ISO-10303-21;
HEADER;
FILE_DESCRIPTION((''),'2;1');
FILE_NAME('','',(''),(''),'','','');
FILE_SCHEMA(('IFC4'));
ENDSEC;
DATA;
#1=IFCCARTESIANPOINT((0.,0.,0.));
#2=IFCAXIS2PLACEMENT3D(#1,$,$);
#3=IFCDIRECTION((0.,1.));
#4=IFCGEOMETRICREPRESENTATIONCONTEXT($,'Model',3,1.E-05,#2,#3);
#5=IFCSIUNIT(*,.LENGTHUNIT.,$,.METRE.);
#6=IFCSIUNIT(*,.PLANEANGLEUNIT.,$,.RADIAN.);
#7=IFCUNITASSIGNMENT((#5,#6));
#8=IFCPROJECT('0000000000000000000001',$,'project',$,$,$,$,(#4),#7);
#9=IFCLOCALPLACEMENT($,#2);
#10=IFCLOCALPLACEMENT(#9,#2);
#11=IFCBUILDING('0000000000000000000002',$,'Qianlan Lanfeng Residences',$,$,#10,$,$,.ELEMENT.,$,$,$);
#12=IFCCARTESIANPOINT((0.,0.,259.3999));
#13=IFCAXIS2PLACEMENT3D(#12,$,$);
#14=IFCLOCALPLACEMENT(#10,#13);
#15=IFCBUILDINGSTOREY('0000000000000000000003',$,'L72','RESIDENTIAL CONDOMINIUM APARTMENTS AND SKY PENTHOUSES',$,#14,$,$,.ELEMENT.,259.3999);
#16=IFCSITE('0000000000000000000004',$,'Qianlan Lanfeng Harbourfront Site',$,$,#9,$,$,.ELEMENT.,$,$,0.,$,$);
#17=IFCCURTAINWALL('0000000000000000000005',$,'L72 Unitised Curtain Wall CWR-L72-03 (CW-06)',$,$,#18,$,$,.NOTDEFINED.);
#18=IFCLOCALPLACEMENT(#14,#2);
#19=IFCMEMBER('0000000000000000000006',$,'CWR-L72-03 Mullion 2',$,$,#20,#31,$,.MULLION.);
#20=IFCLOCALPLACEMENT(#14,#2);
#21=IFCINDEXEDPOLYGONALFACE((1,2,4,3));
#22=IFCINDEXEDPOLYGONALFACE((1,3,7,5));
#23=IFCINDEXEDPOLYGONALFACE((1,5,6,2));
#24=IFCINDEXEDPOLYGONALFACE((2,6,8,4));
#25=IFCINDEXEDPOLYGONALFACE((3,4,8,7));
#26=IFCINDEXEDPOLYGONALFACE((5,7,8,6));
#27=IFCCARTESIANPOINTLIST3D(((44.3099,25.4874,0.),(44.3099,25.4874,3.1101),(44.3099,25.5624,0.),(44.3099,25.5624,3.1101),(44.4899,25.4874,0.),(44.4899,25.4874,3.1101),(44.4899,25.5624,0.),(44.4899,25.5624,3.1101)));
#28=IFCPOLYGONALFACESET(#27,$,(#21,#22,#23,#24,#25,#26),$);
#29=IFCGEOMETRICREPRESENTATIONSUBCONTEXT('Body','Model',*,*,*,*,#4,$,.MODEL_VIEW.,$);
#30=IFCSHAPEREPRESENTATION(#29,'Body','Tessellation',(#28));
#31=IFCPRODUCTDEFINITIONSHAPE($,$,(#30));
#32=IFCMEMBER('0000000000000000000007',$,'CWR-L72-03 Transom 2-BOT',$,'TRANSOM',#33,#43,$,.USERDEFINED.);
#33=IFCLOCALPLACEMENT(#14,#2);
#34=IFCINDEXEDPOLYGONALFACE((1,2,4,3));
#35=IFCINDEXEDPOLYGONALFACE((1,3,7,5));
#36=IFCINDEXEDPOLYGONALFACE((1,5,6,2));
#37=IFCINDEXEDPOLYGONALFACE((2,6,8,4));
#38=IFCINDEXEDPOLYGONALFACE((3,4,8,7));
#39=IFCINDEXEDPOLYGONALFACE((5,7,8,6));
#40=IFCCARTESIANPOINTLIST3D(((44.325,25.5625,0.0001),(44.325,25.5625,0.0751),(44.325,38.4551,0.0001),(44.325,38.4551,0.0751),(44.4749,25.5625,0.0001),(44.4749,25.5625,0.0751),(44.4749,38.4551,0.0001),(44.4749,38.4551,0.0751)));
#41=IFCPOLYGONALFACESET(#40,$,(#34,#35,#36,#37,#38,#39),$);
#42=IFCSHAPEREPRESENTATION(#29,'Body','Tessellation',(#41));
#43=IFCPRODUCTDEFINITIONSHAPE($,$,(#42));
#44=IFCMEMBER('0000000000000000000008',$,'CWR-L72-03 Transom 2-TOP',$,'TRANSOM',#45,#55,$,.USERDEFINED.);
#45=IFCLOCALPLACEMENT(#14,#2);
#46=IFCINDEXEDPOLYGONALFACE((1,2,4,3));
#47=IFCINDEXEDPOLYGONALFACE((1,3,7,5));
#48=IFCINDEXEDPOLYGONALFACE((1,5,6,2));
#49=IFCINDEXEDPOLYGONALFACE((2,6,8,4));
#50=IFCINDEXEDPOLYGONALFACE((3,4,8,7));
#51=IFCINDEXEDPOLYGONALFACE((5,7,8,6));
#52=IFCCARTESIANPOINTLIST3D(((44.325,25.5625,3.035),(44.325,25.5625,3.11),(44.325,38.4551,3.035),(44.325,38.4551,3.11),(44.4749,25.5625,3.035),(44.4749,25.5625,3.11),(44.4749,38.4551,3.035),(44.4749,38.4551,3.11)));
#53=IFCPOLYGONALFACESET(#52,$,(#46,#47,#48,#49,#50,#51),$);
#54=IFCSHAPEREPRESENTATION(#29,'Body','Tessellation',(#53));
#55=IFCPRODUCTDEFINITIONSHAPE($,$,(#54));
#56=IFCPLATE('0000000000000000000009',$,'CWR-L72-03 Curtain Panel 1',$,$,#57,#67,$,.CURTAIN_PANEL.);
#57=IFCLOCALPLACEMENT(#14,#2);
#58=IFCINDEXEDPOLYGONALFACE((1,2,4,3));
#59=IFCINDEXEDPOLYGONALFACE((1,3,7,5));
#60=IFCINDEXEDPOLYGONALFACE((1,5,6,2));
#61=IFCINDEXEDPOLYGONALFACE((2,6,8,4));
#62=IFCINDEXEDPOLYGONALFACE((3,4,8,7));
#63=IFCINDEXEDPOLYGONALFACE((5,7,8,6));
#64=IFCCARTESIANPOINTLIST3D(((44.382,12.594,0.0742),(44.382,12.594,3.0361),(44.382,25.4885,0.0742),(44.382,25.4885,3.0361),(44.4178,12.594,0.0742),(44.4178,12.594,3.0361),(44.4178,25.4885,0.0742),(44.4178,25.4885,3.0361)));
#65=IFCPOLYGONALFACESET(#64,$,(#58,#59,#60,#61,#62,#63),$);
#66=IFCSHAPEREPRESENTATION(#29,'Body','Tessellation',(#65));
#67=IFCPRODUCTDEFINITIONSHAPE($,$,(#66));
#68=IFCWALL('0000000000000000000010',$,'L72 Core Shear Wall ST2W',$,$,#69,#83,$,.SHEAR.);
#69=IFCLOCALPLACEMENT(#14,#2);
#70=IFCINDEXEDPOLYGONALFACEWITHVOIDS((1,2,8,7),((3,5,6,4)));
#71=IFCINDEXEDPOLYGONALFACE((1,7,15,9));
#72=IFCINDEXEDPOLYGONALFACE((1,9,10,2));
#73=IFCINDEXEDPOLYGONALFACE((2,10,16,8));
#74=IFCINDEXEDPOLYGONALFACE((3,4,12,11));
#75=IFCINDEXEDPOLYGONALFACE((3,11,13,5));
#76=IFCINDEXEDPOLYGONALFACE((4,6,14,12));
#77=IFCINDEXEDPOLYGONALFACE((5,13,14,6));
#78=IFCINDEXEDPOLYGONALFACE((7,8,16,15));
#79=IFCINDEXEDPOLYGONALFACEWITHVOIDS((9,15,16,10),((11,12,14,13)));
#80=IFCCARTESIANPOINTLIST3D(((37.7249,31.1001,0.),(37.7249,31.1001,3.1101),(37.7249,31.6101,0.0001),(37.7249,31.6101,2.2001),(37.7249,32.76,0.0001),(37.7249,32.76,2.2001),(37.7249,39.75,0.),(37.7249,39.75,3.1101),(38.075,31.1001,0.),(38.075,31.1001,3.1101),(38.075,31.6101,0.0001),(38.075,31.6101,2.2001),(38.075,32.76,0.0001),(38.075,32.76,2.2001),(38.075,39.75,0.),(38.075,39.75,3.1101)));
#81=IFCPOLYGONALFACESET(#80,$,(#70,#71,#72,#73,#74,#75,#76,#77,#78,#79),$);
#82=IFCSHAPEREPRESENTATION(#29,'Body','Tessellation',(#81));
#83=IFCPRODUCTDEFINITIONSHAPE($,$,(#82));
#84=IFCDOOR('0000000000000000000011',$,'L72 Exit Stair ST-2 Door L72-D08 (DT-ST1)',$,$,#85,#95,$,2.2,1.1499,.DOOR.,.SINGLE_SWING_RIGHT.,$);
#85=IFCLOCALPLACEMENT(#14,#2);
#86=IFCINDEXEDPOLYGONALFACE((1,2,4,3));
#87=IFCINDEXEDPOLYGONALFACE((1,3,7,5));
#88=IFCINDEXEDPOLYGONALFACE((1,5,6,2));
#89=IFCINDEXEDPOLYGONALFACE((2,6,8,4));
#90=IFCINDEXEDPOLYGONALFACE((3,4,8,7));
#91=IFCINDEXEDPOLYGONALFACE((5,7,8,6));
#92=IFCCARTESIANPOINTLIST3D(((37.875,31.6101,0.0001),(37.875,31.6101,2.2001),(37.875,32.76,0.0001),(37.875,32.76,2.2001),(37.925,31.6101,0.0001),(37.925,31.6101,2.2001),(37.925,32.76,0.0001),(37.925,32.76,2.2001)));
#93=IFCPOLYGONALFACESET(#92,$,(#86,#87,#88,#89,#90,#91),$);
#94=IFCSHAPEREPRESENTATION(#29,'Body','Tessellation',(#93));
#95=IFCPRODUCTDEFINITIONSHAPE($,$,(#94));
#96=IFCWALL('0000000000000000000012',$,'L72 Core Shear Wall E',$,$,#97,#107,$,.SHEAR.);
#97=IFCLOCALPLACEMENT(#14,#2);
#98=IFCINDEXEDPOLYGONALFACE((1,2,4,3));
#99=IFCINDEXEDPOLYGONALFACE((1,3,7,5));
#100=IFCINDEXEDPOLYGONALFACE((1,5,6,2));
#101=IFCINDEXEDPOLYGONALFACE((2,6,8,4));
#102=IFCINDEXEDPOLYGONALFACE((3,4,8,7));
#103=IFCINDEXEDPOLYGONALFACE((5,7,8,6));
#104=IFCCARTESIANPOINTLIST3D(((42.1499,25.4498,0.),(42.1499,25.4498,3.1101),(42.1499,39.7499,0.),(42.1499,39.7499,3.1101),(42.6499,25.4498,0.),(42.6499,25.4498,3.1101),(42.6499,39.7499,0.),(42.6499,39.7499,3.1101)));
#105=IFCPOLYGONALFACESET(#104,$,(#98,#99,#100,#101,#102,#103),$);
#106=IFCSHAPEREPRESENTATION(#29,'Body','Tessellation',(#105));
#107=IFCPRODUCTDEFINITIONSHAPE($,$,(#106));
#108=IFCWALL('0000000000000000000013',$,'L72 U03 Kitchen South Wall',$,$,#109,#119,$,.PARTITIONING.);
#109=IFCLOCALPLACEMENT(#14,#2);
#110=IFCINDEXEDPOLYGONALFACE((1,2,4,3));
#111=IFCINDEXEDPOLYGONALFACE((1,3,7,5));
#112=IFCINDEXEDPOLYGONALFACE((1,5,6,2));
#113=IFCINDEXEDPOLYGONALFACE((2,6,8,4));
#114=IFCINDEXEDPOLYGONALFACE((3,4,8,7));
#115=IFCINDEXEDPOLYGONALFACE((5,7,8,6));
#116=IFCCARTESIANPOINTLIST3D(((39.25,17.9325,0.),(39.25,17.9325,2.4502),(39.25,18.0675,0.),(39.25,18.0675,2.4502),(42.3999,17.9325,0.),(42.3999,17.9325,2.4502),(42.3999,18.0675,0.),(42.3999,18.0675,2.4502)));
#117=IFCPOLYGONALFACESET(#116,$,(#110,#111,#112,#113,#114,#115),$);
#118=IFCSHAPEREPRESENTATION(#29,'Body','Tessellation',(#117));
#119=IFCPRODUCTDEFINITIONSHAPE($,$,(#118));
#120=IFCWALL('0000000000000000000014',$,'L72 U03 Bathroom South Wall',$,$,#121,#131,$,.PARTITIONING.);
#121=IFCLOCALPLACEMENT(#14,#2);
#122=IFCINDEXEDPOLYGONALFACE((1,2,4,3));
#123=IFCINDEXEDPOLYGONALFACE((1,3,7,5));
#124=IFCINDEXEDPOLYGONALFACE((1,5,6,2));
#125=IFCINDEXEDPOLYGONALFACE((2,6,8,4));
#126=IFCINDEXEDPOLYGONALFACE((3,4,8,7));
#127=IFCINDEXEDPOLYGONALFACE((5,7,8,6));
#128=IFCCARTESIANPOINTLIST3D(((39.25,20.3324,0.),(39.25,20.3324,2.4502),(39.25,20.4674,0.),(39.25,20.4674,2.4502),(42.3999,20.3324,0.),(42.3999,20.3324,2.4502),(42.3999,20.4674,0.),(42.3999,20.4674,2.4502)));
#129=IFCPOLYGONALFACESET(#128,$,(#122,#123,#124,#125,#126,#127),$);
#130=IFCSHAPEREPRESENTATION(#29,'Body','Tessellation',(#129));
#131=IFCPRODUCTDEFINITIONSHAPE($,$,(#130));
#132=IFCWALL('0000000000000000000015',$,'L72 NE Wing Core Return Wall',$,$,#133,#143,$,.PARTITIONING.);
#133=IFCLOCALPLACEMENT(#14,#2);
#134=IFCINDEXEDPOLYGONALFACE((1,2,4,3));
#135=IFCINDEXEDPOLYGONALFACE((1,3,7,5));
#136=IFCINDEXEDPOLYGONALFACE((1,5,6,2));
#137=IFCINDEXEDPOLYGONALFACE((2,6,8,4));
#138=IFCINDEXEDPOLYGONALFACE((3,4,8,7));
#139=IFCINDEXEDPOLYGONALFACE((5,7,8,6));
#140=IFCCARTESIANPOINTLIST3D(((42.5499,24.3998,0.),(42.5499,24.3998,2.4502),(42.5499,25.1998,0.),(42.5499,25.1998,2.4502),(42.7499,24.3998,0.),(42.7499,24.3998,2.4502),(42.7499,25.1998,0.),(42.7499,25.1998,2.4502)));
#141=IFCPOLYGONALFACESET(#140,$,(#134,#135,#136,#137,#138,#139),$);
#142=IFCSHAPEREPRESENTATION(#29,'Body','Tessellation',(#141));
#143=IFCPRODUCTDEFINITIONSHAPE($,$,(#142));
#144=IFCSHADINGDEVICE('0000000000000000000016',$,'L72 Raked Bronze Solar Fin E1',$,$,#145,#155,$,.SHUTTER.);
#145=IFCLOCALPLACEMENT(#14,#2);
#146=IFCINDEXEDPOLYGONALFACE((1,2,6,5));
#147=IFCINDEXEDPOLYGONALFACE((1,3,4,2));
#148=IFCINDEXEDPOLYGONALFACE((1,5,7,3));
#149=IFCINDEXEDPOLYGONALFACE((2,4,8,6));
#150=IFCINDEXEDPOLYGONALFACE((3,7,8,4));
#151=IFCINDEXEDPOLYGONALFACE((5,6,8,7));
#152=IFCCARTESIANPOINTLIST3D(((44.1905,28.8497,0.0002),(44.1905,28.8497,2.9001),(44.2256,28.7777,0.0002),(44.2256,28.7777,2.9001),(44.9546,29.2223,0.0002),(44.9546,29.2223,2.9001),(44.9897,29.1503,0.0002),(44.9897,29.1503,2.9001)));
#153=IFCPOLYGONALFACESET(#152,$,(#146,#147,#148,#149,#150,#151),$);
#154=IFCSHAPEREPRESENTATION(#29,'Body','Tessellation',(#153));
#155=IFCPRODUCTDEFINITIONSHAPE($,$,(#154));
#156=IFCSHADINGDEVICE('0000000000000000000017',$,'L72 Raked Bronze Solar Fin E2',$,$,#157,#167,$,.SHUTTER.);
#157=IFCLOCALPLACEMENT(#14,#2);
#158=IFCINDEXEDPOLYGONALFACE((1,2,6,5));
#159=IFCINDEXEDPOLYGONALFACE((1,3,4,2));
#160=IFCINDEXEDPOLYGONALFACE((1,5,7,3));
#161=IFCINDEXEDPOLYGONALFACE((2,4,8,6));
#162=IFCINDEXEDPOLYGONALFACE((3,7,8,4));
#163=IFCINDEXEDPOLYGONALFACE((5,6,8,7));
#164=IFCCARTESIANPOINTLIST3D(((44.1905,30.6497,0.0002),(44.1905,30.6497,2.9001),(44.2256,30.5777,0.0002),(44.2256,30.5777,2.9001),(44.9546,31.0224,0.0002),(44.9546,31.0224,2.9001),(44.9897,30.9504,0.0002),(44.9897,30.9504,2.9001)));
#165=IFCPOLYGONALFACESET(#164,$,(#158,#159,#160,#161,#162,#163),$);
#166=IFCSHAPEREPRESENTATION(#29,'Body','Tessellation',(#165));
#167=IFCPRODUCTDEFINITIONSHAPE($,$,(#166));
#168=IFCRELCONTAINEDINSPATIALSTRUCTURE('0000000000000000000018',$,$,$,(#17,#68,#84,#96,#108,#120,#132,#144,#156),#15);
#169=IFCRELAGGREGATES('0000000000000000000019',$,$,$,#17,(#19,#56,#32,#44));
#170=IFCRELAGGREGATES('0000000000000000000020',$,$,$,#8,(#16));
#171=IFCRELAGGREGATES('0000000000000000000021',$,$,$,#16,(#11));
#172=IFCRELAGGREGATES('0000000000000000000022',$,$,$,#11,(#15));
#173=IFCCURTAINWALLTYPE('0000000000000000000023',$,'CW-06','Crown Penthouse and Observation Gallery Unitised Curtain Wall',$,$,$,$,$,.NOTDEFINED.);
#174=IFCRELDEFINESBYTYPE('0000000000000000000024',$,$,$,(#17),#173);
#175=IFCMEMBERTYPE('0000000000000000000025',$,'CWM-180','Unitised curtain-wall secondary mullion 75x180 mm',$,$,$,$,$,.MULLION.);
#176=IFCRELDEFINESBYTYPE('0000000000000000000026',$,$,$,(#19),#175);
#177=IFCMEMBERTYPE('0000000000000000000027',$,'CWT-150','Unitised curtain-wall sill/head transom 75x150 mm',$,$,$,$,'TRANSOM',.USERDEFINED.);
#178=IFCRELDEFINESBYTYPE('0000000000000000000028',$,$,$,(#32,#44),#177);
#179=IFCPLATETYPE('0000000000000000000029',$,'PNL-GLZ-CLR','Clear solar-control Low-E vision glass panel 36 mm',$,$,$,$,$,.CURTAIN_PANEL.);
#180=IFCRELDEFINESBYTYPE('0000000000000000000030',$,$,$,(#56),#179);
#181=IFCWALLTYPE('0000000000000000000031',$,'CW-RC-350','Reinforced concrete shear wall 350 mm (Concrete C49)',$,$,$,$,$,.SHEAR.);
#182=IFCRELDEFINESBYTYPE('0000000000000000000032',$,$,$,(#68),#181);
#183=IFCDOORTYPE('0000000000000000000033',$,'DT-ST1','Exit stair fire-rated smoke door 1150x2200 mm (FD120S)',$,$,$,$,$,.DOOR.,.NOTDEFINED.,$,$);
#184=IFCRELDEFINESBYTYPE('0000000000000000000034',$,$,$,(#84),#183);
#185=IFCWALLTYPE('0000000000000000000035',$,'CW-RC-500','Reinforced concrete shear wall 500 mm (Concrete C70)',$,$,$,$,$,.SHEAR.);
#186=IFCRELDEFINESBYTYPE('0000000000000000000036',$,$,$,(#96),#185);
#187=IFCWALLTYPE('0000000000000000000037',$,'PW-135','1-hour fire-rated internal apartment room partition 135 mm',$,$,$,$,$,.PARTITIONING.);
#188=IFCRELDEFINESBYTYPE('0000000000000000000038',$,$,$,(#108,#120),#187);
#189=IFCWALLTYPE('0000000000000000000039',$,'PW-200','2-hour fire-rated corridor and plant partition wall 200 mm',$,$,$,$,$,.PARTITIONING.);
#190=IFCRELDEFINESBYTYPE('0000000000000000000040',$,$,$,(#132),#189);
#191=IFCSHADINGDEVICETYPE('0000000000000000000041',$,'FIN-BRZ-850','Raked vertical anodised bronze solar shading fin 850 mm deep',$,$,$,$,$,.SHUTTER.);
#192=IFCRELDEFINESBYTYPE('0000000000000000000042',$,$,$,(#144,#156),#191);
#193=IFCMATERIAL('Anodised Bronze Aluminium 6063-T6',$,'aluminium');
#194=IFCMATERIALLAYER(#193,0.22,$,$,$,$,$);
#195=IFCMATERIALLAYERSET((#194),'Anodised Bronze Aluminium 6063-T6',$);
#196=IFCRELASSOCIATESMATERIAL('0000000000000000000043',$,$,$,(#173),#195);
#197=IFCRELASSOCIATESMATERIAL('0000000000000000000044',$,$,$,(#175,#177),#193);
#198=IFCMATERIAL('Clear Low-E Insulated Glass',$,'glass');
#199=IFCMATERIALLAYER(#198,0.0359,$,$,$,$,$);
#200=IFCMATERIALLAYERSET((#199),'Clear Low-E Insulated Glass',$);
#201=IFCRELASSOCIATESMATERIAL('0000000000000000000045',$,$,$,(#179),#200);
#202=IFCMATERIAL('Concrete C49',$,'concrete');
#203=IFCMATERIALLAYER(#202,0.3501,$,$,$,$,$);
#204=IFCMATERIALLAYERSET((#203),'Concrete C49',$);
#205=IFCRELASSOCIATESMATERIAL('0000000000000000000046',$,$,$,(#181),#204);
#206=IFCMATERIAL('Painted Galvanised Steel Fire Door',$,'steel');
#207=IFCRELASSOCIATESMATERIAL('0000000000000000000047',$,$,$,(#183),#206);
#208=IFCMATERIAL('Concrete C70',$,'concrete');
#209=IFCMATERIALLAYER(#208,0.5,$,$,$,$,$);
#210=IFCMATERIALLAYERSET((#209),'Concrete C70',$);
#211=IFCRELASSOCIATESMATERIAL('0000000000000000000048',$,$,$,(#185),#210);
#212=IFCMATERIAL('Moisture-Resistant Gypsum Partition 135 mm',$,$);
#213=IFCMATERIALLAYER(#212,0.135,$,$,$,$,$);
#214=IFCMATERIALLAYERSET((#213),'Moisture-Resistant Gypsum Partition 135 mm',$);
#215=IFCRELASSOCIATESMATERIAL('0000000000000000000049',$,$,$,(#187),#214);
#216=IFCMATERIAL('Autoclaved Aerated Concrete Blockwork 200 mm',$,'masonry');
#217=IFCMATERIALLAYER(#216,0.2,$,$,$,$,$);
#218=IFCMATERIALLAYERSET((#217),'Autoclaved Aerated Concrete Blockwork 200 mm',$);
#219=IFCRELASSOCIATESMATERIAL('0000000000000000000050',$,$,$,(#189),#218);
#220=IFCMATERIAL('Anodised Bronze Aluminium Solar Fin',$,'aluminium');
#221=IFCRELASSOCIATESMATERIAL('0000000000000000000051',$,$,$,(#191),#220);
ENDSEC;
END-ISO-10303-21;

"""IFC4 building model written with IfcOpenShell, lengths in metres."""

from ifc_helpers import new_model, si_unit, direction, frame, frame_2d, origin, origin_2d, place, context, subcontext, project, spatial, rectangle, extrude, source, transform, mapped, material, layer, layer_set, material_profile, profile_set, type_object, element, fill, aggregate, save


model = new_model("IFC4")

# Units and contexts
model_context = context("Model", 3, precision=1e-05, world=origin(), true_north=direction((0.0, 1.0)))
body_context = subcontext(model_context, "Body", "Model", "MODEL_VIEW")
ifc_project = project(units=[si_unit("LENGTHUNIT", "METRE"), si_unit("PLANEANGLEUNIT", "RADIAN")], contexts=[model_context])

# Site, building, storey
site_placement = place(None, origin())
site = spatial("IfcSite", under=ifc_project, at=site_placement, Name="Qianlan Lanfeng Harbourfront Site", CompositionType="ELEMENT", RefElevation=0.0)
building_placement = place(site_placement, origin())
building = spatial("IfcBuilding", under=site, at=building_placement, Name="Qianlan Lanfeng Residences", CompositionType="ELEMENT")
storey_placement = place(building_placement, frame((0.0, 0.0, 259.3999)))
storey = spatial("IfcBuildingStorey", under=building, at=storey_placement, Name="L72", Description="RESIDENTIAL CONDOMINIUM APARTMENTS AND SKY PENTHOUSES", CompositionType="ELEMENT", Elevation=259.3999)

# Curtain wall, members, plate
ifc_material_1 = material(Name="Anodised Bronze Aluminium 6063-T6", Category="aluminium")
ifc_layer_1 = layer(ifc_material_1, 0.22)
ifc_layer_set_1 = layer_set([ifc_layer_1], Name="Anodised Bronze Aluminium 6063-T6")
curtain_wall_type = type_object("IfcCurtainWallType", Name="CW-06", Description="Crown Penthouse and Observation Gallery Unitised Curtain Wall", PredefinedType="NOTDEFINED", material=ifc_layer_set_1)
curtain_wall_placement = place(storey_placement, origin())
curtain_wall = element("IfcCurtainWall", 1, at=curtain_wall_placement, inside=storey, type_object=curtain_wall_type, Name="L72 Unitised Curtain Wall CWR-L72-03 (CW-06)", PredefinedType="NOTDEFINED")
ifc_material_profile_1 = material_profile(ifc_material_1, rectangle(XDim=0.075, YDim=0.1799, at=origin_2d()), Name="ALU MULLION 75x180")
ifc_profile_set_1 = profile_set([ifc_material_profile_1], Name="Anodised Bronze Aluminium 6063-T6")
member_type_1 = type_object("IfcMemberType", Name="CWM-180", Description="Unitised curtain-wall secondary mullion 75x180 mm", PredefinedType="MULLION", material=ifc_profile_set_1)
shared_shape_1 = source(origin(), body_context, "Body", "SweptSolid", [
    extrude(rectangle(XDim=0.075, YDim=0.1799, at=origin_2d()), origin(), (0.0, 0.0, 1.0), 3.1101),
])
member_1_placement = place(storey_placement, frame((44.3999, 25.5249, 0.0), z_axis=(0.0, 0.0, 1.0), x_axis=(0.0, 1.0, 0.0)))
member_1 = element("IfcMember", 2, at=member_1_placement, type_object=member_type_1, Name="CWR-L72-03 Mullion 2", PredefinedType="MULLION", context=body_context, shape_type="MappedRepresentation", body=[
    mapped(shared_shape_1, transform((0.0, 0.0, 0.0), scale=1.0)),
])
ifc_material_profile_2 = material_profile(ifc_material_1, rectangle(XDim=0.075, YDim=0.1499, at=origin_2d()), Name="ALU TRANSOM 75x150")
ifc_profile_set_2 = profile_set([ifc_material_profile_2], Name="Anodised Bronze Aluminium 6063-T6")
member_type_2 = type_object("IfcMemberType", Name="CWT-150", Description="Unitised curtain-wall sill/head transom 75x150 mm", ElementType="TRANSOM", PredefinedType="USERDEFINED", material=ifc_profile_set_2)
shared_shape_2 = source(origin(), body_context, "Body", "SweptSolid", [
    extrude(rectangle(XDim=0.075, YDim=0.1499, at=origin_2d()), origin(), (0.0, 0.0, 1.0), 12.8926),
])
member_2_placement = place(storey_placement, frame((44.3999, 25.5625, 0.0376), z_axis=(0.0, 1.0, 0.0), x_axis=(0.0, 0.0, 1.0)))
member_2 = element("IfcMember", 3, at=member_2_placement, type_object=member_type_2, Name="CWR-L72-03 Transom 2-BOT", ObjectType="TRANSOM", PredefinedType="USERDEFINED", context=body_context, shape_type="MappedRepresentation", body=[
    mapped(shared_shape_2, transform((0.0, 0.0, 0.0), scale=1.0)),
])
member_3_placement = place(storey_placement, frame((44.3999, 25.5625, 3.0725), z_axis=(0.0, 1.0, 0.0), x_axis=(0.0, 0.0, 1.0)))
member_3 = element("IfcMember", 4, at=member_3_placement, type_object=member_type_2, Name="CWR-L72-03 Transom 2-TOP", ObjectType="TRANSOM", PredefinedType="USERDEFINED", context=body_context, shape_type="MappedRepresentation", body=[
    mapped(shared_shape_2, transform((0.0, 0.0, 0.0), scale=1.0)),
])
ifc_material_2 = material(Name="Clear Low-E Insulated Glass", Category="glass")
ifc_layer_2 = layer(ifc_material_2, 0.0359)
ifc_layer_set_2 = layer_set([ifc_layer_2], Name="Clear Low-E Insulated Glass")
plate_type = type_object("IfcPlateType", Name="PNL-GLZ-CLR", Description="Clear solar-control Low-E vision glass panel 36 mm", PredefinedType="CURTAIN_PANEL", material=ifc_layer_set_2)
shared_shape_3 = source(origin(), body_context, "Body", "SweptSolid", [
    extrude(rectangle(XDim=12.8945, YDim=0.0359, at=origin_2d()), origin(), (0.0, 0.0, 1.0), 2.9619),
])
plate_placement = place(storey_placement, frame((44.3999, 19.0413, 0.0742), z_axis=(0.0, 0.0, 1.0), x_axis=(0.0, 1.0, 0.0)))
plate = element("IfcPlate", 5, at=plate_placement, type_object=plate_type, Name="CWR-L72-03 Curtain Panel 1", PredefinedType="CURTAIN_PANEL", context=body_context, shape_type="MappedRepresentation", body=[
    mapped(shared_shape_3, transform((0.0, 0.0, 0.0), scale=1.0)),
])
aggregate(curtain_wall, [member_1, plate, member_2, member_3])

# Wall, opening, door
ifc_material_3 = material(Name="Concrete C49", Category="concrete")
ifc_layer_3 = layer(ifc_material_3, 0.3501)
ifc_layer_set_3 = layer_set([ifc_layer_3], Name="Concrete C49")
wall_type_1 = type_object("IfcWallType", Name="CW-RC-350", Description="Reinforced concrete shear wall 350 mm (Concrete C49)", PredefinedType="SHEAR", material=ifc_layer_set_3)
wall_1_placement = place(storey_placement, frame((37.8999, 31.1001, 0.0), z_axis=(0.0, 0.0, 1.0), x_axis=(0.0, 1.0, 0.0)))
wall_1 = element("IfcWall", 6, at=wall_1_placement, inside=storey, type_object=wall_type_1, Name="L72 Core Shear Wall ST2W", PredefinedType="SHEAR", context=body_context, shape_type="SweptSolid", body=[
    extrude(rectangle(XDim=8.6499, YDim=0.3501, at=frame_2d((4.325, 0.0))), origin(), (0.0, 0.0, 1.0), 3.1101),
])
opening_1_placement = place(wall_1_placement, frame((0.51, 0.0, 0.0)))
opening_1 = element("IfcOpeningElement", 7, at=opening_1_placement, cuts=wall_1, PredefinedType="OPENING", context=body_context, shape_type="SweptSolid", body=[
    extrude(rectangle(XDim=1.1499, YDim=2.2, at=frame_2d((0.575, 1.1001))), frame((0.0, 0.1851, 0.0), z_axis=(0.0, -1.0, 0.0), x_axis=(1.0, 0.0, 0.0)), (0.0, 0.0, 1.0), 0.3701),
])
ifc_material_4 = material(Name="Painted Galvanised Steel Fire Door", Category="steel")
door_type_1 = type_object("IfcDoorType", Name="DT-ST1", Description="Exit stair fire-rated smoke door 1150x2200 mm (FD120S)", OperationType="NOTDEFINED", PredefinedType="DOOR", material=ifc_material_4)
door_1_placement = place(opening_1_placement, origin())
door_1 = element("IfcDoor", 8, at=door_1_placement, inside=storey, type_object=door_type_1, Name="L72 Exit Stair ST-2 Door L72-D08 (DT-ST1)", OperationType="SINGLE_SWING_RIGHT", OverallHeight=2.2, OverallWidth=1.1499, PredefinedType="DOOR", context=body_context, shape_type="SweptSolid", body=[
    extrude(rectangle(XDim=1.1499, YDim=2.2, at=frame_2d((0.575, 1.1001))), frame((0.0, 0.0249, 0.0), z_axis=(0.0, -1.0, 0.0), x_axis=(1.0, 0.0, 0.0)), (0.0, 0.0, 1.0), 0.05),
])
fill(opening_1, door_1)

# Wall
ifc_material_5 = material(Name="Concrete C70", Category="concrete")
ifc_layer_4 = layer(ifc_material_5, 0.5)
ifc_layer_set_4 = layer_set([ifc_layer_4], Name="Concrete C70")
wall_type_2 = type_object("IfcWallType", Name="CW-RC-500", Description="Reinforced concrete shear wall 500 mm (Concrete C70)", PredefinedType="SHEAR", material=ifc_layer_set_4)
wall_2_placement = place(storey_placement, frame((42.3999, 25.45, 0.0), z_axis=(0.0, 0.0, 1.0), x_axis=(0.0, 1.0, 0.0)))
element("IfcWall", 9, at=wall_2_placement, inside=storey, type_object=wall_type_2, Name="L72 Core Shear Wall E", PredefinedType="SHEAR", context=body_context, shape_type="SweptSolid", body=[
    extrude(rectangle(XDim=14.3, YDim=0.5, at=frame_2d((7.1499, 0.0))), origin(), (0.0, 0.0, 1.0), 3.1101),
])

# Shared definitions
ifc_material_6 = material(Name="Moisture-Resistant Gypsum Partition 135 mm")
ifc_layer_5 = layer(ifc_material_6, 0.135)
ifc_layer_set_5 = layer_set([ifc_layer_5], Name="Moisture-Resistant Gypsum Partition 135 mm")
wall_type_3 = type_object("IfcWallType", Name="PW-135", Description="1-hour fire-rated internal apartment room partition 135 mm", PredefinedType="PARTITIONING", material=ifc_layer_set_5)

# Walls
for number, where, z_axis, x_axis, name in (
    (10, (39.25, 18.0, 0.0), (0.0, 0.0, 1.0), (1.0, 0.0, 0.0), "L72 U03 Kitchen South Wall"),
    (11, (39.25, 20.3999, 0.0), (0.0, 0.0, 1.0), (1.0, 0.0, 0.0), "L72 U03 Bathroom South Wall"),
):
    element("IfcWall", number, at=place(storey_placement, frame(where, z_axis=z_axis, x_axis=x_axis)), inside=storey, type_object=wall_type_3, Name=name, PredefinedType="PARTITIONING", context=body_context, shape_type="SweptSolid", body=[
        extrude(rectangle(XDim=3.1499, YDim=0.135, at=frame_2d((1.575, 0.0))), origin(), (0.0, 0.0, 1.0), 2.4502),
    ])

# Shared definitions
ifc_material_7 = material(Name="Autoclaved Aerated Concrete Blockwork 200 mm", Category="masonry")
ifc_layer_6 = layer(ifc_material_7, 0.2)
ifc_layer_set_6 = layer_set([ifc_layer_6], Name="Autoclaved Aerated Concrete Blockwork 200 mm")
wall_type_4 = type_object("IfcWallType", Name="PW-200", Description="2-hour fire-rated corridor and plant partition wall 200 mm", PredefinedType="PARTITIONING", material=ifc_layer_set_6)

# Wall
wall_3_placement = place(storey_placement, frame((42.6499, 24.3999, 0.0), z_axis=(0.0, 0.0, 1.0), x_axis=(0.0, 1.0, 0.0)))
element("IfcWall", 12, at=wall_3_placement, inside=storey, type_object=wall_type_4, Name="L72 NE Wing Core Return Wall", PredefinedType="PARTITIONING", context=body_context, shape_type="SweptSolid", body=[
    extrude(rectangle(XDim=0.8, YDim=0.2, at=frame_2d((0.3999, 0.0))), origin(), (0.0, 0.0, 1.0), 2.4502),
])

# Shading devices
ifc_material_8 = material(Name="Anodised Bronze Aluminium Solar Fin", Category="aluminium")
shading_device_type = type_object("IfcShadingDeviceType", Name="FIN-BRZ-850", Description="Raked vertical anodised bronze solar shading fin 850 mm deep", PredefinedType="SHUTTER", material=ifc_material_8)
shared_shape_4 = source(origin(), body_context, "Body", "SweptSolid", [
    extrude(rectangle(XDim=0.8501, YDim=0.0801, at=origin_2d()), origin(), (0.0, 0.0, 1.0), 2.8999),
])
for number, where, z_axis, x_axis, name in (
    (13, (44.5901, 29.0, 0.0002), (0.0, 0.0, 1.0), (0.898794, 0.438371, 0.0), "L72 Raked Bronze Solar Fin E1"),
    (14, (44.5901, 30.8, 0.0002), (0.0, 0.0, 1.0), (0.898794, 0.438371, 0.0), "L72 Raked Bronze Solar Fin E2"),
):
    element("IfcShadingDevice", number, at=place(storey_placement, frame(where, z_axis=z_axis, x_axis=x_axis)), inside=storey, type_object=shading_device_type, Name=name, PredefinedType="SHUTTER", context=body_context, shape_type="MappedRepresentation", body=[
        mapped(shared_shape_4, transform((0.0, 0.0, 0.0), scale=1.0)),
    ])

save(model, "model.ifc")
